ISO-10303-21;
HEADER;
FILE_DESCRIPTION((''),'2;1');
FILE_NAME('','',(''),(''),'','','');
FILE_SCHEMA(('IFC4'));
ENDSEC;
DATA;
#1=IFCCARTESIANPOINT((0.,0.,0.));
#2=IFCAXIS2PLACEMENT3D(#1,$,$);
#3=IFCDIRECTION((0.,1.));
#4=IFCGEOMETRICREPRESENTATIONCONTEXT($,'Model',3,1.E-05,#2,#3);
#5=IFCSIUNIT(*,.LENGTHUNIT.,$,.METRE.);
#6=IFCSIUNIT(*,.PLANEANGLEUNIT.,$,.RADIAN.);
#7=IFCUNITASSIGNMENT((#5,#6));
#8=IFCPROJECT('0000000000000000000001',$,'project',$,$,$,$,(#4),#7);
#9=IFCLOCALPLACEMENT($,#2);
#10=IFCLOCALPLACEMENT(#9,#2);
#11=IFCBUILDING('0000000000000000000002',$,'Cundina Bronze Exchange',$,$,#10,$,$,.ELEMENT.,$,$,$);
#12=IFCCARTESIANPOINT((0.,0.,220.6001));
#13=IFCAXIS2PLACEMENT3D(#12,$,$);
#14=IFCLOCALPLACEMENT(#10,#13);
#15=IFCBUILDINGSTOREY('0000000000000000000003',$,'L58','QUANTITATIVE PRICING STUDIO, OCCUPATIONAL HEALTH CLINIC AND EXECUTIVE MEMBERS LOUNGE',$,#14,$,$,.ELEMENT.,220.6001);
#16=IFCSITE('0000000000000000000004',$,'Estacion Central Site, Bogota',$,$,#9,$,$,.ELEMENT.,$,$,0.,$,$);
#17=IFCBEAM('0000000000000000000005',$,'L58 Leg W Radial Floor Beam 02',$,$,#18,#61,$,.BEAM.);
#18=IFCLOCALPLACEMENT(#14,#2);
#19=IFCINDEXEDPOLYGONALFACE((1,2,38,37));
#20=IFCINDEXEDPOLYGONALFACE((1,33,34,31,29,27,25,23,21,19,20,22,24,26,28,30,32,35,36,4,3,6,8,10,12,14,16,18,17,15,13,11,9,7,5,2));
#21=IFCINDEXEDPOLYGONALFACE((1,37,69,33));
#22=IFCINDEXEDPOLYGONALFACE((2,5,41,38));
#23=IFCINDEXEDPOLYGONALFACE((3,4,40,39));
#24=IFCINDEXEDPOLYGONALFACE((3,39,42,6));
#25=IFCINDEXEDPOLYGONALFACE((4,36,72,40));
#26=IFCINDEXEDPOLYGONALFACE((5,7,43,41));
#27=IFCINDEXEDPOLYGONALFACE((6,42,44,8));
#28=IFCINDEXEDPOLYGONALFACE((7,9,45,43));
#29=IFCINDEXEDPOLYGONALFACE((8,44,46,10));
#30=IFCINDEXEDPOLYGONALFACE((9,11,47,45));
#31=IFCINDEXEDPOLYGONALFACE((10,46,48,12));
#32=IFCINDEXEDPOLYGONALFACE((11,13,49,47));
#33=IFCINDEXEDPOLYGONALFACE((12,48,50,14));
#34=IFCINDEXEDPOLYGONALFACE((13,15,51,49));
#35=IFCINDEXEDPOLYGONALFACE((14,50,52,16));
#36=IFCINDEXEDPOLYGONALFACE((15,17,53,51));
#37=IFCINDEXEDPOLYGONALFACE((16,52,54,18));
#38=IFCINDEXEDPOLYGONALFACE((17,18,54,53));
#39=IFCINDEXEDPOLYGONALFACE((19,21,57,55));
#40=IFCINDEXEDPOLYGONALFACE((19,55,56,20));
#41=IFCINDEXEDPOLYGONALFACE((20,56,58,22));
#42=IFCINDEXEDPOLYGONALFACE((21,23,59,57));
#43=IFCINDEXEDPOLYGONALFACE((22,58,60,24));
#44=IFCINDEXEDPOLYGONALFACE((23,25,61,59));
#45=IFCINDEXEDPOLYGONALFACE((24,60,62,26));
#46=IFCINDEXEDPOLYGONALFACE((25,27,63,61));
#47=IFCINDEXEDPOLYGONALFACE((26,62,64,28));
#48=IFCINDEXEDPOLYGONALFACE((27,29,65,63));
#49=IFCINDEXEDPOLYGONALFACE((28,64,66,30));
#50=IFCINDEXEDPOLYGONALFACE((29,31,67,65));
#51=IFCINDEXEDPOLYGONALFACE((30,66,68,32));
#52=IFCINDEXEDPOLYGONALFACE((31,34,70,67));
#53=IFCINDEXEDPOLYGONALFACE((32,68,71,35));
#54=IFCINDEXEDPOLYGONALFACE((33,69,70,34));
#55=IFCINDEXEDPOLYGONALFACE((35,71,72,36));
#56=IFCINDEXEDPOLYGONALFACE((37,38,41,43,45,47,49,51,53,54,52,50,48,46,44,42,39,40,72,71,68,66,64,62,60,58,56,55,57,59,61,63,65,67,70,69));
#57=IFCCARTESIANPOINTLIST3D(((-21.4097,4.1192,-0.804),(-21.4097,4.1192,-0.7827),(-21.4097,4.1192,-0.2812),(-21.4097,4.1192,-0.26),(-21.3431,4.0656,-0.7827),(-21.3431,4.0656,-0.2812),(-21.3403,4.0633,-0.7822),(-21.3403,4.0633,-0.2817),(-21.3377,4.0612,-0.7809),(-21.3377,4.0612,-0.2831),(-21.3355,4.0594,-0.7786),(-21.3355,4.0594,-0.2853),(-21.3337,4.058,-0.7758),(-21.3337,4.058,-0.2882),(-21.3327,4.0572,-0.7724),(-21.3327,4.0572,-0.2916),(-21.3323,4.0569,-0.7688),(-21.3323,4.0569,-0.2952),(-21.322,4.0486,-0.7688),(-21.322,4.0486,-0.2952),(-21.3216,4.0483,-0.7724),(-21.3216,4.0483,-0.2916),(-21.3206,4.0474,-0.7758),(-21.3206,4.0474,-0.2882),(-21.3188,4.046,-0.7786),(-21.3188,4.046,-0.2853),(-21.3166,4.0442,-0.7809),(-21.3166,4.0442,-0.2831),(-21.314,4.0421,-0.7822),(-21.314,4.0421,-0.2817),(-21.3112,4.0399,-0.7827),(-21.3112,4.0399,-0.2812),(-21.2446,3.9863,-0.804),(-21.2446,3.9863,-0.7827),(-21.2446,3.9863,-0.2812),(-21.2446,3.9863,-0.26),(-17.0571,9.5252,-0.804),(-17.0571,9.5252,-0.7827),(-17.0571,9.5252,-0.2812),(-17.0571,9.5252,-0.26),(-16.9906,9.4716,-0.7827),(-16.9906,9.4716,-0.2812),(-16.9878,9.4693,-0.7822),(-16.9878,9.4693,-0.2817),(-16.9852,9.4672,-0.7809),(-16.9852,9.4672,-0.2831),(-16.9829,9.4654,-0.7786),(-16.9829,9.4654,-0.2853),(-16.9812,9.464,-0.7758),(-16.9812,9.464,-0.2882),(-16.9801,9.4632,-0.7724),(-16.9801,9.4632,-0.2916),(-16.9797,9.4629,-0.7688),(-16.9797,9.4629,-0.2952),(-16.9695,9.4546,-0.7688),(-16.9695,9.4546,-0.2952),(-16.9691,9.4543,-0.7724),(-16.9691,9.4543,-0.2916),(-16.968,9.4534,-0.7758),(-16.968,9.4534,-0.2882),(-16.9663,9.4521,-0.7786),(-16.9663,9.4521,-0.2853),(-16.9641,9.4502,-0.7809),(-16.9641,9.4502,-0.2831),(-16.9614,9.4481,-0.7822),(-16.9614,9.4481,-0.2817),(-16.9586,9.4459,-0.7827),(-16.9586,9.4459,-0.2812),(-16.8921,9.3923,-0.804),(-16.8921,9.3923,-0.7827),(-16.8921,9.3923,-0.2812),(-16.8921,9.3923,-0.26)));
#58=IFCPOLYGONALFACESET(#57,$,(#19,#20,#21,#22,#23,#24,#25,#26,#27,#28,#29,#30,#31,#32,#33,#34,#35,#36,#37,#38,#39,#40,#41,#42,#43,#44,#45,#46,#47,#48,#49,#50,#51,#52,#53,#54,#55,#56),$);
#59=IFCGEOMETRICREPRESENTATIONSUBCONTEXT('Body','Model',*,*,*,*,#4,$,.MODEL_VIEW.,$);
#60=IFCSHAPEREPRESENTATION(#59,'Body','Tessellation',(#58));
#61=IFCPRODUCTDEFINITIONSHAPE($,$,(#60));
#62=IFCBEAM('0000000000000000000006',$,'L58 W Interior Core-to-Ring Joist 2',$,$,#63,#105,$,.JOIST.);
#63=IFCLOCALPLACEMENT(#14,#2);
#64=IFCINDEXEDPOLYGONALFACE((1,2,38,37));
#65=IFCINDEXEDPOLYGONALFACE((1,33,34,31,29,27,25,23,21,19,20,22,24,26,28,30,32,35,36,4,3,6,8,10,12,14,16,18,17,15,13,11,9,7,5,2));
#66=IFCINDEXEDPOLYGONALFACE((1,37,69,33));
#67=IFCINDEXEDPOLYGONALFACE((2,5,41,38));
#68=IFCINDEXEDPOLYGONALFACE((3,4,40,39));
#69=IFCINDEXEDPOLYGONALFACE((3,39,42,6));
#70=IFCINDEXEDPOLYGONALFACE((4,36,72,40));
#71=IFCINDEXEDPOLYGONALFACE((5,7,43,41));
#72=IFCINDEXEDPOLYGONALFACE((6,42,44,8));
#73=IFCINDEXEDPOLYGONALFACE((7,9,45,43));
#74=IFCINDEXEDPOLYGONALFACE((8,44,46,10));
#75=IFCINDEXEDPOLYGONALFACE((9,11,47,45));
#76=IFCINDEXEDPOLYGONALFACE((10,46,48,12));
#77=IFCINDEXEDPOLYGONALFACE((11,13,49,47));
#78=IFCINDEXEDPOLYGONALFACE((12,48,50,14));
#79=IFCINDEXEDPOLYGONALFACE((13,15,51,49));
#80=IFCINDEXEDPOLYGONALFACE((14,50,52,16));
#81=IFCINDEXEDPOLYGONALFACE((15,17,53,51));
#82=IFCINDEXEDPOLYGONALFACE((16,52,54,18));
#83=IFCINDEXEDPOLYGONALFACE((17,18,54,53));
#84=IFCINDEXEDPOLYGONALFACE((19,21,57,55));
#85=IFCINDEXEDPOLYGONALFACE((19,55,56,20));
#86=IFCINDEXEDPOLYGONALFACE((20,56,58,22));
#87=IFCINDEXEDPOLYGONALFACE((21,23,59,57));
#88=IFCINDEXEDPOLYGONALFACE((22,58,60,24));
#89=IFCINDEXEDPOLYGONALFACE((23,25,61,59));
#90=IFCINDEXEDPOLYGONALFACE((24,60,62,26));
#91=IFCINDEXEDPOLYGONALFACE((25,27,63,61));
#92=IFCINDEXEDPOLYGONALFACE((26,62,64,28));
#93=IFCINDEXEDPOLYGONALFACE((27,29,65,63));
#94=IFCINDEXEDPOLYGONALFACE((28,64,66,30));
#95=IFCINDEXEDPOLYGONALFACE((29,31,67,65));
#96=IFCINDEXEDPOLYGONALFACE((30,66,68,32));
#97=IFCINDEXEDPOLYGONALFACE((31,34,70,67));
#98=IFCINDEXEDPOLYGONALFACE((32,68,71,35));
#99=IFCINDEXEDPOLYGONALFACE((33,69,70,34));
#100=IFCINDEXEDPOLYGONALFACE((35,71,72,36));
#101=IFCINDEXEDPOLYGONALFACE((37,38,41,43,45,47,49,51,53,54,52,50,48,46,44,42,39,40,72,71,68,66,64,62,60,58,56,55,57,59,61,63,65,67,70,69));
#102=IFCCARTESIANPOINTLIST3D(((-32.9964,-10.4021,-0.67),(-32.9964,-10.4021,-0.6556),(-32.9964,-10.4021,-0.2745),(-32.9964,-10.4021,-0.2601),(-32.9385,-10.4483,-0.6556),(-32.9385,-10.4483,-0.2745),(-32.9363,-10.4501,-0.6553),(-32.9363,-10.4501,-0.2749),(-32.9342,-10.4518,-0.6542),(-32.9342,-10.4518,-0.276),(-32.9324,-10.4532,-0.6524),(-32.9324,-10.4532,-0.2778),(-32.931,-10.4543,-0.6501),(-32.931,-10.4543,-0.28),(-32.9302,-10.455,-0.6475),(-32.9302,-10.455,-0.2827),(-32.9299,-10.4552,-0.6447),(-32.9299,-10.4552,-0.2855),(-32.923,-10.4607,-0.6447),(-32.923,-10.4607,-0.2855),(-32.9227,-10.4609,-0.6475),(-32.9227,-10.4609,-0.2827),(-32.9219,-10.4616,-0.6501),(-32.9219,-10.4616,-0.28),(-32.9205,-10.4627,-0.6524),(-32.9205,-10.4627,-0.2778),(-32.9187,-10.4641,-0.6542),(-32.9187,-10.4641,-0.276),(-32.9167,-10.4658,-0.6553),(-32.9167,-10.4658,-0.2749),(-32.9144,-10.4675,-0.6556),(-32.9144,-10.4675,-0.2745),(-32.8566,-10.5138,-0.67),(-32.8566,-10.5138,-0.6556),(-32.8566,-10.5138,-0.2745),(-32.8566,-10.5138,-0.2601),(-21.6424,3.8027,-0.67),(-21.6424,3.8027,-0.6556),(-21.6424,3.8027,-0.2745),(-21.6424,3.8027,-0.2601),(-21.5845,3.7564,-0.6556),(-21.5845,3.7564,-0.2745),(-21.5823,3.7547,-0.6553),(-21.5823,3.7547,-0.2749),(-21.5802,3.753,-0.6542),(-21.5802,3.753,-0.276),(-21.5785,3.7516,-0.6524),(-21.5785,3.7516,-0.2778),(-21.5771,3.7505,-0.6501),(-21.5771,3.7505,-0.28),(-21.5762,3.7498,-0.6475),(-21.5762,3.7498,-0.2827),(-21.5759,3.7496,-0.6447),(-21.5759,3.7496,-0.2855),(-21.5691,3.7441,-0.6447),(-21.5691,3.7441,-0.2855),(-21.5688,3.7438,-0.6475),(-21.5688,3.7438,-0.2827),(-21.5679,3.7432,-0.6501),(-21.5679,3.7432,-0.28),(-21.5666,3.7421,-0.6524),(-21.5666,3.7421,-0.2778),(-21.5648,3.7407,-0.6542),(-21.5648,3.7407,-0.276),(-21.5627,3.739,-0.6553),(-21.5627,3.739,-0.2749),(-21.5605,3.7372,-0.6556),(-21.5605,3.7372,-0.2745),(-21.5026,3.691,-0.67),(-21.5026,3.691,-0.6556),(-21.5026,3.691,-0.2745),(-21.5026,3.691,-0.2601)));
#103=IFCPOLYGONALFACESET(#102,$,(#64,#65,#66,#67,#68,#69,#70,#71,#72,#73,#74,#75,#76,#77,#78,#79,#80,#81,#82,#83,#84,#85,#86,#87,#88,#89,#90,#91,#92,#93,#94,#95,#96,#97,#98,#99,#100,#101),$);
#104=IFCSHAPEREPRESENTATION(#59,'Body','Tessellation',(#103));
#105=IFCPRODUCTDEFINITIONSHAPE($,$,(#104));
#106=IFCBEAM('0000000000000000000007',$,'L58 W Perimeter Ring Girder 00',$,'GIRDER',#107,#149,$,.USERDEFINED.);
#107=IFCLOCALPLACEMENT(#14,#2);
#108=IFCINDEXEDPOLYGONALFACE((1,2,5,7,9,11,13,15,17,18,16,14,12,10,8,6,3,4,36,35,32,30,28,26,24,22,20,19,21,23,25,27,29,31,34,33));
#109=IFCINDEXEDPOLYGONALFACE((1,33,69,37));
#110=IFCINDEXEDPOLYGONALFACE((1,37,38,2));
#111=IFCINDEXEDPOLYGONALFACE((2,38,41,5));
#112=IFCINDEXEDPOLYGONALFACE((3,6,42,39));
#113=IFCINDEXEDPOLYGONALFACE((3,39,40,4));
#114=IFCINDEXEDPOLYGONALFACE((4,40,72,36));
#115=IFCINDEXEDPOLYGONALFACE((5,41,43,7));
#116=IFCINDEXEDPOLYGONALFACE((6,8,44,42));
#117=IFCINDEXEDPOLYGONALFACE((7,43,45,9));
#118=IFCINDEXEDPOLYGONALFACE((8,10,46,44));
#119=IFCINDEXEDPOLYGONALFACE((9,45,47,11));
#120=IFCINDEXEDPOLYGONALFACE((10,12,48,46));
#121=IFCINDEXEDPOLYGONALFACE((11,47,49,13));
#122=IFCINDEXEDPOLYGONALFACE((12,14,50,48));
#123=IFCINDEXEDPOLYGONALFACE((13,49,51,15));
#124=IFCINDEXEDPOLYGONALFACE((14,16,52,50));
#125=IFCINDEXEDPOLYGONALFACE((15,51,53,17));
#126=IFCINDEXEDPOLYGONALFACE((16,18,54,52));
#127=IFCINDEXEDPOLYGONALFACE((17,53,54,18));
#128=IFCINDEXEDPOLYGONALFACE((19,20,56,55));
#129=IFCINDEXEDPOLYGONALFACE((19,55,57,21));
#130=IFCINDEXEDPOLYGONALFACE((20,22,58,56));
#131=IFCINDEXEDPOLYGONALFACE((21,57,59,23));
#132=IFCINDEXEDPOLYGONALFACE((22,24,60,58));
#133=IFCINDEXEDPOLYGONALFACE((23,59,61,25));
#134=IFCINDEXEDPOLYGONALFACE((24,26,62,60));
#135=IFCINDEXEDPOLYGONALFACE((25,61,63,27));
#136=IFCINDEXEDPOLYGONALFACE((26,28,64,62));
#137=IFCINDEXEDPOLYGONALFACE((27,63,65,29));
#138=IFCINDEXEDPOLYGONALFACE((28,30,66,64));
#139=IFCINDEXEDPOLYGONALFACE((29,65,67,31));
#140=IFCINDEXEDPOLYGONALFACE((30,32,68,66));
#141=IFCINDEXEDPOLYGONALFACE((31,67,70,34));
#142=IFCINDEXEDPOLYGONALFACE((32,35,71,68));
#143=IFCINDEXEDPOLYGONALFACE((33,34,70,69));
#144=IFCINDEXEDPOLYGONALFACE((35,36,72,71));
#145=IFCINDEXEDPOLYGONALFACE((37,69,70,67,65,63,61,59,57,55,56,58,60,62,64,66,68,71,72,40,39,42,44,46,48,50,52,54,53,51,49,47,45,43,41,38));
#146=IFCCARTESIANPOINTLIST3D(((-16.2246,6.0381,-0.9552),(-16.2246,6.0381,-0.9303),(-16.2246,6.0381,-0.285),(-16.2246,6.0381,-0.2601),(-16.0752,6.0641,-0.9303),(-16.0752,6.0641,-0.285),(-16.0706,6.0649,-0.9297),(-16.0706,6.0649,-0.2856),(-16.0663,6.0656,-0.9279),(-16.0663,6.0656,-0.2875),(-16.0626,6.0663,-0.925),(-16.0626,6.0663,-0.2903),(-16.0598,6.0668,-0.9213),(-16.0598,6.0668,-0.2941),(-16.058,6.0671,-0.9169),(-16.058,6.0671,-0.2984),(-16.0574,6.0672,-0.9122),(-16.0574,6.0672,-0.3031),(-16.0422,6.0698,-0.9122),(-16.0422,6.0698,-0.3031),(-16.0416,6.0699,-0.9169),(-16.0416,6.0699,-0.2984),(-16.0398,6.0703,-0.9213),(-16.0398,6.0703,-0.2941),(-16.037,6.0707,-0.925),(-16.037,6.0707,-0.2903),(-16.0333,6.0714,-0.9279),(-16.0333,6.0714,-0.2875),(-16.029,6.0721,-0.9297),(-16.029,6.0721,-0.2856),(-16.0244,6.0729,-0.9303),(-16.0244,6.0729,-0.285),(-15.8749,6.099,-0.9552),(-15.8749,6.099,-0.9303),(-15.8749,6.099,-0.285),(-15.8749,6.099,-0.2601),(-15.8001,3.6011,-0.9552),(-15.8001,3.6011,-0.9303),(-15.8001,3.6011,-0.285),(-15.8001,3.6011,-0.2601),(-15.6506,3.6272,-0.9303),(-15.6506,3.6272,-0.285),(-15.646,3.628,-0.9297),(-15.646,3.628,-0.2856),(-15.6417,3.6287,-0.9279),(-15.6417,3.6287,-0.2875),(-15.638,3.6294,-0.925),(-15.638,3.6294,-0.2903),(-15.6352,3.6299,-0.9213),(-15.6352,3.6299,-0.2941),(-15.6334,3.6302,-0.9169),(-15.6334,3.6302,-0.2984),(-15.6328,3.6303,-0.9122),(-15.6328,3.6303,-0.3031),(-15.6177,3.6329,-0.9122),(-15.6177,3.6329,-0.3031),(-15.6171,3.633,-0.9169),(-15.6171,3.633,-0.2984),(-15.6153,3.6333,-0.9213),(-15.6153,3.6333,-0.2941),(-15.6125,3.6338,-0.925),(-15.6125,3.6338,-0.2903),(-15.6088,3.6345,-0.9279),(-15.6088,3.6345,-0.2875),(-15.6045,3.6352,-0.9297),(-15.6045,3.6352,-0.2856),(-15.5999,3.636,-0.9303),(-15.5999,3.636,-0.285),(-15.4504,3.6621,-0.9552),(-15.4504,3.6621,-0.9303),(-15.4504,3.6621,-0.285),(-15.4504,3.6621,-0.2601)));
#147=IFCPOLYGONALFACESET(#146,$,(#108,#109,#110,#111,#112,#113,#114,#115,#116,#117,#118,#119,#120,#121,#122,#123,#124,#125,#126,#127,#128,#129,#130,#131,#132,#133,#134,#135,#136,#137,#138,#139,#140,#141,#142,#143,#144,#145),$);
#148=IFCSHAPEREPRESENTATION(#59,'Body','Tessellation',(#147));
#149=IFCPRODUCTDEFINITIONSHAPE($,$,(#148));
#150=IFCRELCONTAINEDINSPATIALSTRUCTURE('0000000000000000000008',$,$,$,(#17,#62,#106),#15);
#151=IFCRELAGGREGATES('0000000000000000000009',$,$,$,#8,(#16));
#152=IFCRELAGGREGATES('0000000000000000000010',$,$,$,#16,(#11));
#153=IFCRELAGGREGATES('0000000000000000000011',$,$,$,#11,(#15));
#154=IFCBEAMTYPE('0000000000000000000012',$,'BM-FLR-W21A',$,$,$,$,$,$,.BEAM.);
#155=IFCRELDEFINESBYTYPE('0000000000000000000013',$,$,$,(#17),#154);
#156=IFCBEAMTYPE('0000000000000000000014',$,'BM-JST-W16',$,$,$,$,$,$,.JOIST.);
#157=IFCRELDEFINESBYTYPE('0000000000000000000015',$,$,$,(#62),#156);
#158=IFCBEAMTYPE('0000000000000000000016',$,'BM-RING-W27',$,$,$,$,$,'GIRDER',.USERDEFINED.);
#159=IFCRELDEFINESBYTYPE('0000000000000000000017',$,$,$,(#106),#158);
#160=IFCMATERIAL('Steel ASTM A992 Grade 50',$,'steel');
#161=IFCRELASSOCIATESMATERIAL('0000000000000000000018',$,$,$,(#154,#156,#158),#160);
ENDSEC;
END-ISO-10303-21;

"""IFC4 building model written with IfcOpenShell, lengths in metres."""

from ifc_helpers import new_model, si_unit, direction, frame, origin, origin_2d, place, context, subcontext, project, spatial, i_section, extrude, material, material_profile, profile_set, type_object, element, save


model = new_model("IFC4")

# Units and contexts
model_context = context("Model", 3, precision=1e-05, world=origin(), true_north=direction((0.0, 1.0)))
body_context = subcontext(model_context, "Body", "Model", "MODEL_VIEW")
ifc_project = project(units=[si_unit("LENGTHUNIT", "METRE"), si_unit("PLANEANGLEUNIT", "RADIAN")], contexts=[model_context])

# Site, building, storey
site_placement = place(None, origin())
site = spatial("IfcSite", under=ifc_project, at=site_placement, Name="Estacion Central Site, Bogota", CompositionType="ELEMENT", RefElevation=0.0)
building_placement = place(site_placement, origin())
building = spatial("IfcBuilding", under=site, at=building_placement, Name="Cundina Bronze Exchange", CompositionType="ELEMENT")
storey_placement = place(building_placement, frame((0.0, 0.0, 220.6001)))
storey = spatial("IfcBuildingStorey", under=building, at=storey_placement, Name="L58", Description="QUANTITATIVE PRICING STUDIO, OCCUPATIONAL HEALTH CLINIC AND EXECUTIVE MEMBERS LOUNGE", CompositionType="ELEMENT", Elevation=220.6001)

# Shared definitions
ifc_material_1 = material(Name="Steel ASTM A992 Grade 50", Category="steel")

# Beams
ifc_material_profile_1 = material_profile(ifc_material_1, i_section(OverallWidth=0.2119, OverallDepth=0.5439, WebThickness=0.0132, FlangeThickness=0.0212, FilletRadius=0.0139, at=origin_2d()), Name="W21X83", Category="steel")
ifc_profile_set_1 = profile_set([ifc_material_profile_1], Name="Steel ASTM A992 Grade 50")
beam_type_1 = type_object("IfcBeamType", Name="BM-FLR-W21A", PredefinedType="BEAM", material=ifc_profile_set_1)
beam_1_placement = place(storey_placement, frame((-21.3271, 4.0527, -0.532), z_axis=(0.627129, 0.778916, 0.0), x_axis=(-0.778916, 0.627129, 0.0)))
element("IfcBeam", 1, at=beam_1_placement, inside=storey, type_object=beam_type_1, Name="L58 Leg W Radial Floor Beam 02", PredefinedType="BEAM", context=body_context, shape_type="SweptSolid", body=[
    extrude(i_section(OverallWidth=0.2119, OverallDepth=0.5439, WebThickness=0.0132, FlangeThickness=0.0212, FilletRadius=0.0139, at=origin_2d()), origin(), (0.0, 0.0, 1.0), 6.9404),
])
ifc_material_profile_2 = material_profile(ifc_material_1, i_section(OverallWidth=0.179, OverallDepth=0.4099, WebThickness=0.0088, FlangeThickness=0.0144, FilletRadius=0.011, at=origin_2d()), Name="W16X45", Category="steel")
ifc_profile_set_2 = profile_set([ifc_material_profile_2], Name="Steel ASTM A992 Grade 50")
beam_type_2 = type_object("IfcBeamType", Name="BM-JST-W16", PredefinedType="JOIST", material=ifc_profile_set_2)
beam_2_placement = place(storey_placement, frame((-21.5725, 3.7468, -0.4651), z_axis=(-0.624364, -0.781133, 0.0), x_axis=(0.781133, -0.624364, 0.0)))
element("IfcBeam", 2, at=beam_2_placement, inside=storey, type_object=beam_type_2, Name="L58 W Interior Core-to-Ring Joist 2", PredefinedType="JOIST", context=body_context, shape_type="SweptSolid", body=[
    extrude(i_section(OverallWidth=0.179, OverallDepth=0.4099, WebThickness=0.0088, FlangeThickness=0.0144, FilletRadius=0.011, at=origin_2d()), origin(), (0.0, 0.0, 1.0), 18.1848),
])
ifc_material_profile_3 = material_profile(ifc_material_1, i_section(OverallWidth=0.355, OverallDepth=0.6951, WebThickness=0.0154, FlangeThickness=0.0249, FilletRadius=0.0181, at=origin_2d()), Name="W27X146", Category="steel")
ifc_profile_set_3 = profile_set([ifc_material_profile_3], Name="Steel ASTM A992 Grade 50")
beam_type_3 = type_object("IfcBeamType", Name="BM-RING-W27", ElementType="GIRDER", PredefinedType="USERDEFINED", material=ifc_profile_set_3)
beam_3_placement = place(storey_placement, frame((-15.6252, 3.6316, -0.6077), z_axis=(-0.171629, 0.985162, 0.0), x_axis=(-0.985162, -0.171629, 0.0)))
element("IfcBeam", 3, at=beam_3_placement, inside=storey, type_object=beam_type_3, Name="L58 W Perimeter Ring Girder 00", ObjectType="GIRDER", PredefinedType="USERDEFINED", context=body_context, shape_type="SweptSolid", body=[
    extrude(i_section(OverallWidth=0.355, OverallDepth=0.6951, WebThickness=0.0154, FlangeThickness=0.0249, FilletRadius=0.0181, at=origin_2d()), origin(), (0.0, 0.0, 1.0), 2.4736),
])

save(model, "model.ifc")
